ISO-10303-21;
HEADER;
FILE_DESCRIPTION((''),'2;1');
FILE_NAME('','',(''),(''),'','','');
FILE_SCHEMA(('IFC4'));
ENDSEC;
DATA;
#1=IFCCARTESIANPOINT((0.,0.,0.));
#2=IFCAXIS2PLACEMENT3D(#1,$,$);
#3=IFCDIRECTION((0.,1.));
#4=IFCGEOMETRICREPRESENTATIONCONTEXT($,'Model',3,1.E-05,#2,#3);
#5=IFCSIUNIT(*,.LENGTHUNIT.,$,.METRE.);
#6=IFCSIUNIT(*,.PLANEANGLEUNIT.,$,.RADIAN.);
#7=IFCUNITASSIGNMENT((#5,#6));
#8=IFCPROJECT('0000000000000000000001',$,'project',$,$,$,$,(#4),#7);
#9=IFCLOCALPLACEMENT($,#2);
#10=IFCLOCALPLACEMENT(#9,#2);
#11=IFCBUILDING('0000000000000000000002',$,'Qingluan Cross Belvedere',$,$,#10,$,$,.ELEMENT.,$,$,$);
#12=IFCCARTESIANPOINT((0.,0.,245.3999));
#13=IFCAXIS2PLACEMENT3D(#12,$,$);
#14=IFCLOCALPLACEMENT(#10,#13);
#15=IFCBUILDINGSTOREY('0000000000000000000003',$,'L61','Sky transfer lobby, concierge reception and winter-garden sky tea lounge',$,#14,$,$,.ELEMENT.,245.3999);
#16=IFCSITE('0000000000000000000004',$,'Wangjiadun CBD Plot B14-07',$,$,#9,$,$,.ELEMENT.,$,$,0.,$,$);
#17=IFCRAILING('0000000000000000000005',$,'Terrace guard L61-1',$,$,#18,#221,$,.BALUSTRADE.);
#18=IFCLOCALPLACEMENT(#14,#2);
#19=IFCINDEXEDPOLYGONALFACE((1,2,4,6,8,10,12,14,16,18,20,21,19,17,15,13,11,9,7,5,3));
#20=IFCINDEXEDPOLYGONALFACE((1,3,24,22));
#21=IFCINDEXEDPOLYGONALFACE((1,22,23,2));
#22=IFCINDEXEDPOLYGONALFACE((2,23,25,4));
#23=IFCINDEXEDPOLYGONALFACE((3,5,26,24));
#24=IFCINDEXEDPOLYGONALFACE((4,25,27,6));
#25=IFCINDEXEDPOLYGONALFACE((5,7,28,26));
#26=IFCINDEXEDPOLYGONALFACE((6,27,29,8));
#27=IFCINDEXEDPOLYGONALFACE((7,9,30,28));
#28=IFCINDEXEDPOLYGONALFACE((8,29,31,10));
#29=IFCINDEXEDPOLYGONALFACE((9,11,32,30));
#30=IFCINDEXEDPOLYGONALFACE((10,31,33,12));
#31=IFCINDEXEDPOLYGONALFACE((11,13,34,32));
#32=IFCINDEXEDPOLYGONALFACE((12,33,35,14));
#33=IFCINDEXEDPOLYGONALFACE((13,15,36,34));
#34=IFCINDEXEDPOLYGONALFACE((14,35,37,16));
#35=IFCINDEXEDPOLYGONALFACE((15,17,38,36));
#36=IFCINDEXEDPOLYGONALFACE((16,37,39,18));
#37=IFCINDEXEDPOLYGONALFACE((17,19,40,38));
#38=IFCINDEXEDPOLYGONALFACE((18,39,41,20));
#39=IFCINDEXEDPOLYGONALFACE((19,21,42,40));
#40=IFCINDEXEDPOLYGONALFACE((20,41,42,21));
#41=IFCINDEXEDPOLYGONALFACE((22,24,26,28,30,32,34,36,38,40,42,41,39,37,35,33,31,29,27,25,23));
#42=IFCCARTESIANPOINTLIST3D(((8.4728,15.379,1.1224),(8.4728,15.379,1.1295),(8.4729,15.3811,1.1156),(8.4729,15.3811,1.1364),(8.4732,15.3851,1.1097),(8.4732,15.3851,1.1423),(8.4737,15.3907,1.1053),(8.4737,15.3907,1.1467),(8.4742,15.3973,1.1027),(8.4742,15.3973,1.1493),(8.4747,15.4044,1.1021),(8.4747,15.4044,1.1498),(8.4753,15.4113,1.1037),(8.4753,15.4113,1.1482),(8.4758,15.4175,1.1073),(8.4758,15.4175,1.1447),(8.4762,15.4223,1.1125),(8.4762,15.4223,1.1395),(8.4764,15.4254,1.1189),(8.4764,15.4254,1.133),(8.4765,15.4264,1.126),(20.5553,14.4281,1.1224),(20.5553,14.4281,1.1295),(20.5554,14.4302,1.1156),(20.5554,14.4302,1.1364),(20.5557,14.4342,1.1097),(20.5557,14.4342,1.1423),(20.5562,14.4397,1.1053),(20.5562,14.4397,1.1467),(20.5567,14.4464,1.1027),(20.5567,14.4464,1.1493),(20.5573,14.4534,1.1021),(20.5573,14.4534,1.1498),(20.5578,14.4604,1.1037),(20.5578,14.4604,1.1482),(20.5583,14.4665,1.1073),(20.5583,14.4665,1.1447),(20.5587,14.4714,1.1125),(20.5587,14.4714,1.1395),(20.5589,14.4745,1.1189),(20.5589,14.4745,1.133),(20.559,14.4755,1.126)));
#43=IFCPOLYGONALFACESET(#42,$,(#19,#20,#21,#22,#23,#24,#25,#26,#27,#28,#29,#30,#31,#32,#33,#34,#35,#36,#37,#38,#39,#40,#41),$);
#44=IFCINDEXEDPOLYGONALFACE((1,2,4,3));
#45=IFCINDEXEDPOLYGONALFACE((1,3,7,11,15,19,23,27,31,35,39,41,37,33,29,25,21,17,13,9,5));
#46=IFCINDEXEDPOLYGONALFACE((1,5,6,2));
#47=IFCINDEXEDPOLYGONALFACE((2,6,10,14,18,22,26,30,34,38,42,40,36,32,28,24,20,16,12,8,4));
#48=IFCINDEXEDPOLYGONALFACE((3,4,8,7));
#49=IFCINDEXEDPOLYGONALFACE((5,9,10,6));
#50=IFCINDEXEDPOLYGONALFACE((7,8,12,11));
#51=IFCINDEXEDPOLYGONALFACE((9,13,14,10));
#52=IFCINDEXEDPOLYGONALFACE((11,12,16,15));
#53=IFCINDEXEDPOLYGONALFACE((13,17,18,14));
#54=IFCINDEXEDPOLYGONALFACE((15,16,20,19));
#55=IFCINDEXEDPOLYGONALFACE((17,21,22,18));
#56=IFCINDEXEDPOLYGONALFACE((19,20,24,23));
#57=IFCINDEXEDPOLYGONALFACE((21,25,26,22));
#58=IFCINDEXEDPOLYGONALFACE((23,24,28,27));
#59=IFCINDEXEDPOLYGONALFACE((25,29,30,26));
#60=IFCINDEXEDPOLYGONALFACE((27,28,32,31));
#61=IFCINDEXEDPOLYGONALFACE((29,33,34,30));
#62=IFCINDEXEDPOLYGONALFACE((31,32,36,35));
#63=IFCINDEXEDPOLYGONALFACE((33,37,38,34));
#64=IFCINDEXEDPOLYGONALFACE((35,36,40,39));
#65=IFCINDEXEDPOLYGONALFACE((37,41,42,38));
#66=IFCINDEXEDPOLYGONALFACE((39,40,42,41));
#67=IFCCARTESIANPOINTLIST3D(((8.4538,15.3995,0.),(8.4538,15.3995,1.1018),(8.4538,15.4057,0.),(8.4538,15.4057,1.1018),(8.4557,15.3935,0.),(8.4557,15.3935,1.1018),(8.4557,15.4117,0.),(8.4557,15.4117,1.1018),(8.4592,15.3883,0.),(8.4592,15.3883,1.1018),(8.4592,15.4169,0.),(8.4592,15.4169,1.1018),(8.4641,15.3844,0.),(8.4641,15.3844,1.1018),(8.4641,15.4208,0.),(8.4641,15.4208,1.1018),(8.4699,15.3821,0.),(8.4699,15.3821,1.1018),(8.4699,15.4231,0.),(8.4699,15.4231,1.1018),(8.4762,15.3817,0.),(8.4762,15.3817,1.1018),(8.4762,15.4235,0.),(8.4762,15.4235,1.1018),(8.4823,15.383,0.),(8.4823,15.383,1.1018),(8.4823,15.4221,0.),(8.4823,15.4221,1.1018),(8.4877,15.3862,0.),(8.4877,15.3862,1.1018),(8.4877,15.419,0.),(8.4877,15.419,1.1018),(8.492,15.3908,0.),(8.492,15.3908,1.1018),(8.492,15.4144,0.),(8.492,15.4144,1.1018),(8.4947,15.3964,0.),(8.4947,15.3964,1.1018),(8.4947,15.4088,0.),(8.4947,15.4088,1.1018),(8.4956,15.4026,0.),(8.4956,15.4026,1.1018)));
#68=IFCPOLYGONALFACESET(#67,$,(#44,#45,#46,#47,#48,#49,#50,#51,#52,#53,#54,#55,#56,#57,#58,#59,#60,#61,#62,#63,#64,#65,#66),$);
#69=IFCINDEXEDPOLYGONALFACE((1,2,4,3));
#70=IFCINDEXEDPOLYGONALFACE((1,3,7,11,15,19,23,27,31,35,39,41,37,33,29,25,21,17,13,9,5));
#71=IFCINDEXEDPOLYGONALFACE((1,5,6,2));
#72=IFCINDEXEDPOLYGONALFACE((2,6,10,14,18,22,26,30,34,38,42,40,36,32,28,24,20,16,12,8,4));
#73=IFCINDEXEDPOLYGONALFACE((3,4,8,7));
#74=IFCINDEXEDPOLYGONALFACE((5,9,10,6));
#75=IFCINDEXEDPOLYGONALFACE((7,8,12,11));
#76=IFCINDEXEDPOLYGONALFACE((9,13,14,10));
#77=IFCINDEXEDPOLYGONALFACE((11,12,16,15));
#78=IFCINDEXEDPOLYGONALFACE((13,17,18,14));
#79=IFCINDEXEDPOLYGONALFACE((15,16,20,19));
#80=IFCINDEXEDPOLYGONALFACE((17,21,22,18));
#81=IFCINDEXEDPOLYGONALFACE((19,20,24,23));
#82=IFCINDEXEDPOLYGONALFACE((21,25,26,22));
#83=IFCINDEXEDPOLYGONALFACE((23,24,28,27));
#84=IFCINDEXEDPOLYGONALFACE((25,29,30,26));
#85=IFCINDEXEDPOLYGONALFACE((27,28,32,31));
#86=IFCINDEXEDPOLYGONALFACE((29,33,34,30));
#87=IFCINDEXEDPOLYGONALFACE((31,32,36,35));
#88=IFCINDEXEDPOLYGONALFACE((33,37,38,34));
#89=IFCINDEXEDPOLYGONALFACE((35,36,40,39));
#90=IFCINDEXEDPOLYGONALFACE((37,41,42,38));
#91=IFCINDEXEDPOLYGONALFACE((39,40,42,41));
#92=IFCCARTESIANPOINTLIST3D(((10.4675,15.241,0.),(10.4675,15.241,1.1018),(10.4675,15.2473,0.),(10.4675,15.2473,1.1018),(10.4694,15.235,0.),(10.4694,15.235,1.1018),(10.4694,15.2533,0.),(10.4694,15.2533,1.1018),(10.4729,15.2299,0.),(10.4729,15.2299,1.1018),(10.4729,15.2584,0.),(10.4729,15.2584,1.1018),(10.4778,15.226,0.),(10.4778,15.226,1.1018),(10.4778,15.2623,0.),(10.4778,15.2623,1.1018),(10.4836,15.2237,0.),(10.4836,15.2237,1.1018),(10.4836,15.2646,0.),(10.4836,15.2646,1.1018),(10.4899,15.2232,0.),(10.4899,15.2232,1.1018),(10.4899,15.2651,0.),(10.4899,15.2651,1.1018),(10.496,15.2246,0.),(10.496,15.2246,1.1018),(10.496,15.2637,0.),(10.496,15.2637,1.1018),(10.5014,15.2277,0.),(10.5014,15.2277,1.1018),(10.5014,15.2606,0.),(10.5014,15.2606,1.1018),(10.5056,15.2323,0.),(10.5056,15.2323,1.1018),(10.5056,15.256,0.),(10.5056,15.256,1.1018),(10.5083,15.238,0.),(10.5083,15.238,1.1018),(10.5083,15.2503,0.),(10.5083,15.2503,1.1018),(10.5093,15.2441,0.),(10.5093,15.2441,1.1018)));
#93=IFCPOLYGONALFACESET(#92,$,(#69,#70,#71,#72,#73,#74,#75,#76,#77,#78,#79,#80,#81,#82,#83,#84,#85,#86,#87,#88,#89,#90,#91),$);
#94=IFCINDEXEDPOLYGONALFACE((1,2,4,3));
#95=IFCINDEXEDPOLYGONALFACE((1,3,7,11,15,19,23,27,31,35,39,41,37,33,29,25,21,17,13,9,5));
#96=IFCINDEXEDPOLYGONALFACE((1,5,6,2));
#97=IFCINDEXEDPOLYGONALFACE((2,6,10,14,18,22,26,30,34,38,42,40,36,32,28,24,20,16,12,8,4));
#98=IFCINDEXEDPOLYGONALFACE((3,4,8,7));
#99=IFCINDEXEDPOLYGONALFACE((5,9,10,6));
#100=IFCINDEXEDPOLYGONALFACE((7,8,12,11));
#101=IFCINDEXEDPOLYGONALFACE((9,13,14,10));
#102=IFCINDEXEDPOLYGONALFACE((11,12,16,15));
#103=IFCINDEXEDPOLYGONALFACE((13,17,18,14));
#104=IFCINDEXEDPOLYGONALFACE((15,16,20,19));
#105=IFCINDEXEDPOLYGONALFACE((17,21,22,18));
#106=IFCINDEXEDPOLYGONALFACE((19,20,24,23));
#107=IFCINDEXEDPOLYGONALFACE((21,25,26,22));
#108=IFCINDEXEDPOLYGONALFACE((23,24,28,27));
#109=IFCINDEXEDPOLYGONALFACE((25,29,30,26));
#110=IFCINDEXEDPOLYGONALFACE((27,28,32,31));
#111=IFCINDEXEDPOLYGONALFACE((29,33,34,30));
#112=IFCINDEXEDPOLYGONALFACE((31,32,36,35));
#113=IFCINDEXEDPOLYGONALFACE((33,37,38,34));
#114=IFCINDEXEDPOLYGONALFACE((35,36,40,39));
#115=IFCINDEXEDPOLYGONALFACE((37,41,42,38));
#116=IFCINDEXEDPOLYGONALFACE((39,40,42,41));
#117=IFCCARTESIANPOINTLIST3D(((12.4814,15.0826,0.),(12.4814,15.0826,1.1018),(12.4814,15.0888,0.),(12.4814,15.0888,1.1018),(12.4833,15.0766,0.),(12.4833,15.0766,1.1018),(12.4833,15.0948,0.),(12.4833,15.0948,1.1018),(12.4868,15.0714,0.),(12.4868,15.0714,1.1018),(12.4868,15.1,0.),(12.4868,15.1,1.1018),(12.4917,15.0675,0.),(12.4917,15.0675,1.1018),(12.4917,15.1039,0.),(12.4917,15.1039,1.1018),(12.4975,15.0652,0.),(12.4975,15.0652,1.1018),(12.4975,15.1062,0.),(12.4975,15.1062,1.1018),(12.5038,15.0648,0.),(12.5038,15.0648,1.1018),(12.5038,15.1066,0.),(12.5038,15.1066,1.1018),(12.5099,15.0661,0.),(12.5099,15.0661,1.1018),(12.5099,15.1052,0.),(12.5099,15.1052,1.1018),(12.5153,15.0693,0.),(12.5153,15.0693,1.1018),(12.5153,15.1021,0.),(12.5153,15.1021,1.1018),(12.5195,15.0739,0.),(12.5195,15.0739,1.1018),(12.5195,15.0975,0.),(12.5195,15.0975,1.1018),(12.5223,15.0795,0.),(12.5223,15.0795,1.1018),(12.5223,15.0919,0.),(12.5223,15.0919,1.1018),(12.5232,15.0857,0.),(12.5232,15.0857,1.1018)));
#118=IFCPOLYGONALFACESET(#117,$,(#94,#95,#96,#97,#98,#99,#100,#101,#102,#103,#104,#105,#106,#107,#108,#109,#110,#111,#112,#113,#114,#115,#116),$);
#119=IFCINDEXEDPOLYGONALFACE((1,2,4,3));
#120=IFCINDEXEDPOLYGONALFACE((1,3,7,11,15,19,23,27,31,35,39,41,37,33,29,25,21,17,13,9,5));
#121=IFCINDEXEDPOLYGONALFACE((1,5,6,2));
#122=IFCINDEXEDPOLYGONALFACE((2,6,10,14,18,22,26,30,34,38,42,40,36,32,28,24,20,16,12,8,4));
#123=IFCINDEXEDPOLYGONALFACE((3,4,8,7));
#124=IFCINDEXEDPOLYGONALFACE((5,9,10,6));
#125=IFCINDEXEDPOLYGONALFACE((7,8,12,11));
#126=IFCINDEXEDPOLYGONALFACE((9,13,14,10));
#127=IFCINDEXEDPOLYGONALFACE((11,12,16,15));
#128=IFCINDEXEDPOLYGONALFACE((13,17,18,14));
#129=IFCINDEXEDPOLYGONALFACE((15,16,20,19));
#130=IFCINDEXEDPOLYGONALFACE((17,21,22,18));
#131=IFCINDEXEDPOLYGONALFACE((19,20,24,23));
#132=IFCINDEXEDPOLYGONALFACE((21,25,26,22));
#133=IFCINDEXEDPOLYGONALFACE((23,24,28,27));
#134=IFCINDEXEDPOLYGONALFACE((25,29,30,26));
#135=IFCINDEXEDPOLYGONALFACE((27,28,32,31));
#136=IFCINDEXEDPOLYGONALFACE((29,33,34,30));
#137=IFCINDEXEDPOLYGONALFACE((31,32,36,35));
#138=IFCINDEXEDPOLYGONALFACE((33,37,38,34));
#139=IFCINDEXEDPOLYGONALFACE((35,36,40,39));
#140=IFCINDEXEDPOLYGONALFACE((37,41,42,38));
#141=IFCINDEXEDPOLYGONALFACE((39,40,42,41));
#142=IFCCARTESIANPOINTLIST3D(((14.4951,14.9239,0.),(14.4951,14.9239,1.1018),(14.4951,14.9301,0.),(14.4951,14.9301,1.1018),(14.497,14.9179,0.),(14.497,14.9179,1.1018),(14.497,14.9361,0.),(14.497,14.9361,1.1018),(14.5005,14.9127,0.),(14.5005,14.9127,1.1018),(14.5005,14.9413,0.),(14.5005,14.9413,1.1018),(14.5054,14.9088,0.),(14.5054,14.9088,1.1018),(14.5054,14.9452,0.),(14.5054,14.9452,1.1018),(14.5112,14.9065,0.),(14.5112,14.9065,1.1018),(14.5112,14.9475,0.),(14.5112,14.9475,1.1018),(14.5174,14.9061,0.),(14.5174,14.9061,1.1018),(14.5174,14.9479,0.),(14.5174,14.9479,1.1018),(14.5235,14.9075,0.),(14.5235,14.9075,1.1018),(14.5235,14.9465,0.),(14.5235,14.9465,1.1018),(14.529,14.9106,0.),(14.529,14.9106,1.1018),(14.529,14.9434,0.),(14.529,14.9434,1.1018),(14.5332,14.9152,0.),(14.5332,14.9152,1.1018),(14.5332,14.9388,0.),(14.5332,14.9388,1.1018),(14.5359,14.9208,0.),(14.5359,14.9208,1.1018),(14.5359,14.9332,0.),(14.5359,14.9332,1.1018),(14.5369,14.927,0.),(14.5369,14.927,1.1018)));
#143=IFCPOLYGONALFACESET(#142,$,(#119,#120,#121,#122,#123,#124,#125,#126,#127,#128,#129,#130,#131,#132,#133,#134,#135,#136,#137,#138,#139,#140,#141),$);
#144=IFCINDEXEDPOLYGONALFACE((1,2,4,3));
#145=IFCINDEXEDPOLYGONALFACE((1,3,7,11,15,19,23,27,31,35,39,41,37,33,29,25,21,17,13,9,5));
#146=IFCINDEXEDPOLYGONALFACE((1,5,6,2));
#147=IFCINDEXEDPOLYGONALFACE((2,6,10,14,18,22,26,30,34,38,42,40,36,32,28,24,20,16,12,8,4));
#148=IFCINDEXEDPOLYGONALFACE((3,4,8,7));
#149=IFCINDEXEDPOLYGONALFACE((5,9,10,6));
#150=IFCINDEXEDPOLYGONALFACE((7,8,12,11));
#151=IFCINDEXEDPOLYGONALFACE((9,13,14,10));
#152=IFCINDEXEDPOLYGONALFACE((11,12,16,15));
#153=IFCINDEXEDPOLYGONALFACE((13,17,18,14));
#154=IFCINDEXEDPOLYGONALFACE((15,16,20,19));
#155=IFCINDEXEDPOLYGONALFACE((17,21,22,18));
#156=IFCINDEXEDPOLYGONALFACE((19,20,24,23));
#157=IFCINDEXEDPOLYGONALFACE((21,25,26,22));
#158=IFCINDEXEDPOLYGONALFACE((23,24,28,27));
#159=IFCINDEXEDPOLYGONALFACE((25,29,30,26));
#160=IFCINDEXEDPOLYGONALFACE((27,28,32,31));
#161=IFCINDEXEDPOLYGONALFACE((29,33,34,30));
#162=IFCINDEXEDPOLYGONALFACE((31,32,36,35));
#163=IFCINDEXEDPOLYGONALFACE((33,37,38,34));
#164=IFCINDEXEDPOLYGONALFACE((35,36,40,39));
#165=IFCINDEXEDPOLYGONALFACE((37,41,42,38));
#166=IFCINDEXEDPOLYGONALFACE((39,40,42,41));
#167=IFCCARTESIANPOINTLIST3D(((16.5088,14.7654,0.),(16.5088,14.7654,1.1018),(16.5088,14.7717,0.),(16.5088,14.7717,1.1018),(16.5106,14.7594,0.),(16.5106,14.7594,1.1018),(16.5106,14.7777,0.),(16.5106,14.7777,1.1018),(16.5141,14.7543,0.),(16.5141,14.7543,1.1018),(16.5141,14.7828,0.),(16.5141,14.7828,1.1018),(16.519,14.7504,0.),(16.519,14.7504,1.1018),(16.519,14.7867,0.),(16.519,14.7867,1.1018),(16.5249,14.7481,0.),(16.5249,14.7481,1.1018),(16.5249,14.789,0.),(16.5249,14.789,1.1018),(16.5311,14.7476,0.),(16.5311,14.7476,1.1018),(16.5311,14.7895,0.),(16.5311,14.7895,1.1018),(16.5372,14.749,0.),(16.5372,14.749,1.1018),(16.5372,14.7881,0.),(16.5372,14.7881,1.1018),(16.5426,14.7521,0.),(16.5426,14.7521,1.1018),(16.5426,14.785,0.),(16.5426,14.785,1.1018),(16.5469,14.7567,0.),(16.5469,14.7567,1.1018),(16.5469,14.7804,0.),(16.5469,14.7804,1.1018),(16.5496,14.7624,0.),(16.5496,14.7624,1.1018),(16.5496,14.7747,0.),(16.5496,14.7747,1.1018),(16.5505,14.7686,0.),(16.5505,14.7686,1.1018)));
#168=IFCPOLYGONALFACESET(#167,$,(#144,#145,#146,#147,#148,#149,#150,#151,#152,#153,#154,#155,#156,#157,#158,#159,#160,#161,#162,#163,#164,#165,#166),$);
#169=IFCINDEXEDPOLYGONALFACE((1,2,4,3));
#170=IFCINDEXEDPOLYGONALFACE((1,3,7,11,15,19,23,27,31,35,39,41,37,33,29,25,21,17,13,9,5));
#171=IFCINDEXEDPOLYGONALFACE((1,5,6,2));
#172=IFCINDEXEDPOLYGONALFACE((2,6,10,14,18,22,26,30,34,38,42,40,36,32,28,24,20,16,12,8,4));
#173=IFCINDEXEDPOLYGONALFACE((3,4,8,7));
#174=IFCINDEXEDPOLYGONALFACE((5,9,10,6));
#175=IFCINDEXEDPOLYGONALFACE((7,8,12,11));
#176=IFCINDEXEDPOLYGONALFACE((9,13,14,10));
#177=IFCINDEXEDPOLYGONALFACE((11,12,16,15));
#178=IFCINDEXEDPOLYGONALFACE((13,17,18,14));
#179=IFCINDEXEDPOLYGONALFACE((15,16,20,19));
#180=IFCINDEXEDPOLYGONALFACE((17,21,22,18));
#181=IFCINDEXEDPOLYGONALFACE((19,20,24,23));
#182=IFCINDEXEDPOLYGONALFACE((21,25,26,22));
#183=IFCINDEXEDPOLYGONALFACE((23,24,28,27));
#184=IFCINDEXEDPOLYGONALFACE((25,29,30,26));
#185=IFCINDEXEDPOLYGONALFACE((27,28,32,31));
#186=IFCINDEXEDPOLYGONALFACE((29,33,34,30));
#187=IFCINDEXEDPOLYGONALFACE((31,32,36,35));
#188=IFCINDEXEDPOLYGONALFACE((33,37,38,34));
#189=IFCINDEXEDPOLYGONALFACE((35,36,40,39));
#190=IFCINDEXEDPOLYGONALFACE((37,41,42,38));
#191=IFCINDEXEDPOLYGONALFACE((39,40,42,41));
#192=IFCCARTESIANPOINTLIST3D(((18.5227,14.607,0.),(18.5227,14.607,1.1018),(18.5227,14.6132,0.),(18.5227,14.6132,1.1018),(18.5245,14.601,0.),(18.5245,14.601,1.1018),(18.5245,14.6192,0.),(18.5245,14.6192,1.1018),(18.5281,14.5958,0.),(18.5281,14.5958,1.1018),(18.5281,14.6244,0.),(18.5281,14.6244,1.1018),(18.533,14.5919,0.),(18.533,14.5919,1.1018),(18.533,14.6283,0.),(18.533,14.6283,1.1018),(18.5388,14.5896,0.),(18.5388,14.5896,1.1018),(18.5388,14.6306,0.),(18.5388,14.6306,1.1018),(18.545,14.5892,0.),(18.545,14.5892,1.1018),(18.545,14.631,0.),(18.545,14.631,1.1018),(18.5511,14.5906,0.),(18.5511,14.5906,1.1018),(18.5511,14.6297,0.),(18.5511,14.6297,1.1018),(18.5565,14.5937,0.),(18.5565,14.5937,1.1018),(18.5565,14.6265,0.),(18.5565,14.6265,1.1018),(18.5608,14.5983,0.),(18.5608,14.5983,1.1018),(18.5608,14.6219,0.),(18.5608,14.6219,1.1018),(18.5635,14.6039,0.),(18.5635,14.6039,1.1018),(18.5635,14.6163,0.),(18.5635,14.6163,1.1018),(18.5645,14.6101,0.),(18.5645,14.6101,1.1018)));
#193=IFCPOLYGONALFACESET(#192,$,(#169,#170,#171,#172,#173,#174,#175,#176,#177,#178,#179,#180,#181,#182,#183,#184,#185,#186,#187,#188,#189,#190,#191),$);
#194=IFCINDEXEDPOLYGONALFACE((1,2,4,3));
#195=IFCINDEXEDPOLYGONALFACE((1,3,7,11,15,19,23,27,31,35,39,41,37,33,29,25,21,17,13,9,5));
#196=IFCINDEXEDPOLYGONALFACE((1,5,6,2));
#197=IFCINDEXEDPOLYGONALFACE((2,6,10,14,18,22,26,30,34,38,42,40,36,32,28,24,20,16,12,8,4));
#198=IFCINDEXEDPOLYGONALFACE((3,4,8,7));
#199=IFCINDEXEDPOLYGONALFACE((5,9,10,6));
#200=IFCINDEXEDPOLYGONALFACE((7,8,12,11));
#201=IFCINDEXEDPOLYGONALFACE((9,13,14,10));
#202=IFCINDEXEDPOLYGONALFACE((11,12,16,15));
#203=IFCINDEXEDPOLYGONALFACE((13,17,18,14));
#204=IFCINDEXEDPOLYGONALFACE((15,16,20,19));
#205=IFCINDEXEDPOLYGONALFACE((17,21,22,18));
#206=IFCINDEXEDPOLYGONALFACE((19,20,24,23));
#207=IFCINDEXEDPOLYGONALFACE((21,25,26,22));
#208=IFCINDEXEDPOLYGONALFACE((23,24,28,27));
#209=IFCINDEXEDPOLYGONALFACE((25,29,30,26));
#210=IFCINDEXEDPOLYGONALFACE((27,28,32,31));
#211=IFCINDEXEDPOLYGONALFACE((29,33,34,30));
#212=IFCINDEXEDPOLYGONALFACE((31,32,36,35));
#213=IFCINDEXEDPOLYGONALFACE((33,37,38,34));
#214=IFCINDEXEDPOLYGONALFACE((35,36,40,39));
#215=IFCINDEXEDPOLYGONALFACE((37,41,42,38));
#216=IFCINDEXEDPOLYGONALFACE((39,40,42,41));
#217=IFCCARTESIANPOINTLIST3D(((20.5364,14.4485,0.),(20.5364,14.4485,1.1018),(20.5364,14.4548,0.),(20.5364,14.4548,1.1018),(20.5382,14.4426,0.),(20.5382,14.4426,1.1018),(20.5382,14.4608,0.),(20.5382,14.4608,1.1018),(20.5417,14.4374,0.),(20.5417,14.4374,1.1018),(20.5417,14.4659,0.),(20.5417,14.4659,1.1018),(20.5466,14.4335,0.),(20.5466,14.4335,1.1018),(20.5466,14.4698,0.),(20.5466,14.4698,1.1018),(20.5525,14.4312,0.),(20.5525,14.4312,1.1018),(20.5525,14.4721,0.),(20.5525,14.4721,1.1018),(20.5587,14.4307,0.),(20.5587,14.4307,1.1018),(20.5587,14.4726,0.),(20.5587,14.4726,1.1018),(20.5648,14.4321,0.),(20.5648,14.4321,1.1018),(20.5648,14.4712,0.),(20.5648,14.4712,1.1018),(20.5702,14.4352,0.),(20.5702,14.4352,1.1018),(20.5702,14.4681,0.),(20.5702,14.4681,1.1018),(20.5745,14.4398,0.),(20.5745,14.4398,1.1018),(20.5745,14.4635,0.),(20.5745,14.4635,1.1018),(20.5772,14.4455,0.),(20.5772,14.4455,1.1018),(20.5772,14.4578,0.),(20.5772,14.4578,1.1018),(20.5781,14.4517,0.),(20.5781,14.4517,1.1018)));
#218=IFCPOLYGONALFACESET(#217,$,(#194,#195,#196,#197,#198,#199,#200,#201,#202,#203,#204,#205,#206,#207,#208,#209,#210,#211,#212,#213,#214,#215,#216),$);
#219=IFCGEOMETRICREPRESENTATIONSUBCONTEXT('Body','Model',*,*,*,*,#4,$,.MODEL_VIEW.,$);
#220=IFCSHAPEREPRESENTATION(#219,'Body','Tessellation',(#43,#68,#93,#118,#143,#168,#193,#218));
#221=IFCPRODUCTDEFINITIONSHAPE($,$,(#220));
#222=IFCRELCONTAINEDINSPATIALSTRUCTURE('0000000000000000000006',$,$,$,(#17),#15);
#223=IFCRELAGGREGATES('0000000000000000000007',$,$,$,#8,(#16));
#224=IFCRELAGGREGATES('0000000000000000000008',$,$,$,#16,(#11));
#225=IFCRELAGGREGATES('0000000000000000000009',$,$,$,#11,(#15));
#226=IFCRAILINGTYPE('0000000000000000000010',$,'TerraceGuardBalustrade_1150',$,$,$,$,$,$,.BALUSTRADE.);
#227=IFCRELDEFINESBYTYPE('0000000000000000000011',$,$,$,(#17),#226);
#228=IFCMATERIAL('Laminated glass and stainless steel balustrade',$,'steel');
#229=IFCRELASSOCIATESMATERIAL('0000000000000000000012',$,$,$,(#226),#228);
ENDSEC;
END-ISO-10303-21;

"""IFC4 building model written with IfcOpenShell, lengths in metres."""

from ifc_helpers import new_model, si_unit, direction, frame, origin, origin_2d, place, context, subcontext, project, spatial, circle, extrude, material, type_object, element, save


model = new_model("IFC4")

# Units and contexts
model_context = context("Model", 3, precision=1e-05, world=origin(), true_north=direction((0.0, 1.0)))
body_context = subcontext(model_context, "Body", "Model", "MODEL_VIEW")
ifc_project = project(units=[si_unit("LENGTHUNIT", "METRE"), si_unit("PLANEANGLEUNIT", "RADIAN")], contexts=[model_context])

# Site, building, storey
site_placement = place(None, origin())
site = spatial("IfcSite", under=ifc_project, at=site_placement, Name="Wangjiadun CBD Plot B14-07", CompositionType="ELEMENT", RefElevation=0.0)
building_placement = place(site_placement, origin())
building = spatial("IfcBuilding", under=site, at=building_placement, Name="Qingluan Cross Belvedere", CompositionType="ELEMENT")
storey_placement = place(building_placement, frame((0.0, 0.0, 245.3999)))
storey = spatial("IfcBuildingStorey", under=building, at=storey_placement, Name="L61", Description="Sky transfer lobby, concierge reception and winter-garden sky tea lounge", CompositionType="ELEMENT", Elevation=245.3999)

# Railing
ifc_material_1 = material(Name="Laminated glass and stainless steel balustrade", Category="steel")
railing_type = type_object("IfcRailingType", Name="TerraceGuardBalustrade_1150", PredefinedType="BALUSTRADE", material=ifc_material_1)
railing_1_placement = place(storey_placement, frame((8.4746, 15.4026, 0.0)))
element("IfcRailing", 1, at=railing_1_placement, inside=storey, type_object=railing_type, Name="Terrace guard L61-1", PredefinedType="BALUSTRADE", context=body_context, shape_type="SweptSolid", body=[
    extrude(circle(Radius=0.0239, at=origin_2d()), frame((0.0, 0.0, 1.126), z_axis=(0.996917, -0.07846, 0.0), x_axis=(0.07846, 0.996917, 0.0)), (0.0, 0.0, 1.0), 12.1199),
    extrude(circle(Radius=0.021, at=origin_2d()), origin(), (0.0, 0.0, 1.0), 1.1018),
    extrude(circle(Radius=0.021, at=origin_2d()), frame((2.0137, -0.1584, 0.0)), (0.0, 0.0, 1.0), 1.1018),
    extrude(circle(Radius=0.021, at=origin_2d()), frame((4.0276, -0.3169, 0.0)), (0.0, 0.0, 1.0), 1.1018),
    extrude(circle(Radius=0.021, at=origin_2d()), frame((6.0413, -0.4756, 0.0)), (0.0, 0.0, 1.0), 1.1018),
    extrude(circle(Radius=0.021, at=origin_2d()), frame((8.0549, -0.634, 0.0)), (0.0, 0.0, 1.0), 1.1018),
    extrude(circle(Radius=0.021, at=origin_2d()), frame((10.0688, -0.7925, 0.0)), (0.0, 0.0, 1.0), 1.1018),
    extrude(circle(Radius=0.021, at=origin_2d()), frame((12.0825, -0.9509, 0.0)), (0.0, 0.0, 1.0), 1.1018),
])

save(model, "model.ifc")
